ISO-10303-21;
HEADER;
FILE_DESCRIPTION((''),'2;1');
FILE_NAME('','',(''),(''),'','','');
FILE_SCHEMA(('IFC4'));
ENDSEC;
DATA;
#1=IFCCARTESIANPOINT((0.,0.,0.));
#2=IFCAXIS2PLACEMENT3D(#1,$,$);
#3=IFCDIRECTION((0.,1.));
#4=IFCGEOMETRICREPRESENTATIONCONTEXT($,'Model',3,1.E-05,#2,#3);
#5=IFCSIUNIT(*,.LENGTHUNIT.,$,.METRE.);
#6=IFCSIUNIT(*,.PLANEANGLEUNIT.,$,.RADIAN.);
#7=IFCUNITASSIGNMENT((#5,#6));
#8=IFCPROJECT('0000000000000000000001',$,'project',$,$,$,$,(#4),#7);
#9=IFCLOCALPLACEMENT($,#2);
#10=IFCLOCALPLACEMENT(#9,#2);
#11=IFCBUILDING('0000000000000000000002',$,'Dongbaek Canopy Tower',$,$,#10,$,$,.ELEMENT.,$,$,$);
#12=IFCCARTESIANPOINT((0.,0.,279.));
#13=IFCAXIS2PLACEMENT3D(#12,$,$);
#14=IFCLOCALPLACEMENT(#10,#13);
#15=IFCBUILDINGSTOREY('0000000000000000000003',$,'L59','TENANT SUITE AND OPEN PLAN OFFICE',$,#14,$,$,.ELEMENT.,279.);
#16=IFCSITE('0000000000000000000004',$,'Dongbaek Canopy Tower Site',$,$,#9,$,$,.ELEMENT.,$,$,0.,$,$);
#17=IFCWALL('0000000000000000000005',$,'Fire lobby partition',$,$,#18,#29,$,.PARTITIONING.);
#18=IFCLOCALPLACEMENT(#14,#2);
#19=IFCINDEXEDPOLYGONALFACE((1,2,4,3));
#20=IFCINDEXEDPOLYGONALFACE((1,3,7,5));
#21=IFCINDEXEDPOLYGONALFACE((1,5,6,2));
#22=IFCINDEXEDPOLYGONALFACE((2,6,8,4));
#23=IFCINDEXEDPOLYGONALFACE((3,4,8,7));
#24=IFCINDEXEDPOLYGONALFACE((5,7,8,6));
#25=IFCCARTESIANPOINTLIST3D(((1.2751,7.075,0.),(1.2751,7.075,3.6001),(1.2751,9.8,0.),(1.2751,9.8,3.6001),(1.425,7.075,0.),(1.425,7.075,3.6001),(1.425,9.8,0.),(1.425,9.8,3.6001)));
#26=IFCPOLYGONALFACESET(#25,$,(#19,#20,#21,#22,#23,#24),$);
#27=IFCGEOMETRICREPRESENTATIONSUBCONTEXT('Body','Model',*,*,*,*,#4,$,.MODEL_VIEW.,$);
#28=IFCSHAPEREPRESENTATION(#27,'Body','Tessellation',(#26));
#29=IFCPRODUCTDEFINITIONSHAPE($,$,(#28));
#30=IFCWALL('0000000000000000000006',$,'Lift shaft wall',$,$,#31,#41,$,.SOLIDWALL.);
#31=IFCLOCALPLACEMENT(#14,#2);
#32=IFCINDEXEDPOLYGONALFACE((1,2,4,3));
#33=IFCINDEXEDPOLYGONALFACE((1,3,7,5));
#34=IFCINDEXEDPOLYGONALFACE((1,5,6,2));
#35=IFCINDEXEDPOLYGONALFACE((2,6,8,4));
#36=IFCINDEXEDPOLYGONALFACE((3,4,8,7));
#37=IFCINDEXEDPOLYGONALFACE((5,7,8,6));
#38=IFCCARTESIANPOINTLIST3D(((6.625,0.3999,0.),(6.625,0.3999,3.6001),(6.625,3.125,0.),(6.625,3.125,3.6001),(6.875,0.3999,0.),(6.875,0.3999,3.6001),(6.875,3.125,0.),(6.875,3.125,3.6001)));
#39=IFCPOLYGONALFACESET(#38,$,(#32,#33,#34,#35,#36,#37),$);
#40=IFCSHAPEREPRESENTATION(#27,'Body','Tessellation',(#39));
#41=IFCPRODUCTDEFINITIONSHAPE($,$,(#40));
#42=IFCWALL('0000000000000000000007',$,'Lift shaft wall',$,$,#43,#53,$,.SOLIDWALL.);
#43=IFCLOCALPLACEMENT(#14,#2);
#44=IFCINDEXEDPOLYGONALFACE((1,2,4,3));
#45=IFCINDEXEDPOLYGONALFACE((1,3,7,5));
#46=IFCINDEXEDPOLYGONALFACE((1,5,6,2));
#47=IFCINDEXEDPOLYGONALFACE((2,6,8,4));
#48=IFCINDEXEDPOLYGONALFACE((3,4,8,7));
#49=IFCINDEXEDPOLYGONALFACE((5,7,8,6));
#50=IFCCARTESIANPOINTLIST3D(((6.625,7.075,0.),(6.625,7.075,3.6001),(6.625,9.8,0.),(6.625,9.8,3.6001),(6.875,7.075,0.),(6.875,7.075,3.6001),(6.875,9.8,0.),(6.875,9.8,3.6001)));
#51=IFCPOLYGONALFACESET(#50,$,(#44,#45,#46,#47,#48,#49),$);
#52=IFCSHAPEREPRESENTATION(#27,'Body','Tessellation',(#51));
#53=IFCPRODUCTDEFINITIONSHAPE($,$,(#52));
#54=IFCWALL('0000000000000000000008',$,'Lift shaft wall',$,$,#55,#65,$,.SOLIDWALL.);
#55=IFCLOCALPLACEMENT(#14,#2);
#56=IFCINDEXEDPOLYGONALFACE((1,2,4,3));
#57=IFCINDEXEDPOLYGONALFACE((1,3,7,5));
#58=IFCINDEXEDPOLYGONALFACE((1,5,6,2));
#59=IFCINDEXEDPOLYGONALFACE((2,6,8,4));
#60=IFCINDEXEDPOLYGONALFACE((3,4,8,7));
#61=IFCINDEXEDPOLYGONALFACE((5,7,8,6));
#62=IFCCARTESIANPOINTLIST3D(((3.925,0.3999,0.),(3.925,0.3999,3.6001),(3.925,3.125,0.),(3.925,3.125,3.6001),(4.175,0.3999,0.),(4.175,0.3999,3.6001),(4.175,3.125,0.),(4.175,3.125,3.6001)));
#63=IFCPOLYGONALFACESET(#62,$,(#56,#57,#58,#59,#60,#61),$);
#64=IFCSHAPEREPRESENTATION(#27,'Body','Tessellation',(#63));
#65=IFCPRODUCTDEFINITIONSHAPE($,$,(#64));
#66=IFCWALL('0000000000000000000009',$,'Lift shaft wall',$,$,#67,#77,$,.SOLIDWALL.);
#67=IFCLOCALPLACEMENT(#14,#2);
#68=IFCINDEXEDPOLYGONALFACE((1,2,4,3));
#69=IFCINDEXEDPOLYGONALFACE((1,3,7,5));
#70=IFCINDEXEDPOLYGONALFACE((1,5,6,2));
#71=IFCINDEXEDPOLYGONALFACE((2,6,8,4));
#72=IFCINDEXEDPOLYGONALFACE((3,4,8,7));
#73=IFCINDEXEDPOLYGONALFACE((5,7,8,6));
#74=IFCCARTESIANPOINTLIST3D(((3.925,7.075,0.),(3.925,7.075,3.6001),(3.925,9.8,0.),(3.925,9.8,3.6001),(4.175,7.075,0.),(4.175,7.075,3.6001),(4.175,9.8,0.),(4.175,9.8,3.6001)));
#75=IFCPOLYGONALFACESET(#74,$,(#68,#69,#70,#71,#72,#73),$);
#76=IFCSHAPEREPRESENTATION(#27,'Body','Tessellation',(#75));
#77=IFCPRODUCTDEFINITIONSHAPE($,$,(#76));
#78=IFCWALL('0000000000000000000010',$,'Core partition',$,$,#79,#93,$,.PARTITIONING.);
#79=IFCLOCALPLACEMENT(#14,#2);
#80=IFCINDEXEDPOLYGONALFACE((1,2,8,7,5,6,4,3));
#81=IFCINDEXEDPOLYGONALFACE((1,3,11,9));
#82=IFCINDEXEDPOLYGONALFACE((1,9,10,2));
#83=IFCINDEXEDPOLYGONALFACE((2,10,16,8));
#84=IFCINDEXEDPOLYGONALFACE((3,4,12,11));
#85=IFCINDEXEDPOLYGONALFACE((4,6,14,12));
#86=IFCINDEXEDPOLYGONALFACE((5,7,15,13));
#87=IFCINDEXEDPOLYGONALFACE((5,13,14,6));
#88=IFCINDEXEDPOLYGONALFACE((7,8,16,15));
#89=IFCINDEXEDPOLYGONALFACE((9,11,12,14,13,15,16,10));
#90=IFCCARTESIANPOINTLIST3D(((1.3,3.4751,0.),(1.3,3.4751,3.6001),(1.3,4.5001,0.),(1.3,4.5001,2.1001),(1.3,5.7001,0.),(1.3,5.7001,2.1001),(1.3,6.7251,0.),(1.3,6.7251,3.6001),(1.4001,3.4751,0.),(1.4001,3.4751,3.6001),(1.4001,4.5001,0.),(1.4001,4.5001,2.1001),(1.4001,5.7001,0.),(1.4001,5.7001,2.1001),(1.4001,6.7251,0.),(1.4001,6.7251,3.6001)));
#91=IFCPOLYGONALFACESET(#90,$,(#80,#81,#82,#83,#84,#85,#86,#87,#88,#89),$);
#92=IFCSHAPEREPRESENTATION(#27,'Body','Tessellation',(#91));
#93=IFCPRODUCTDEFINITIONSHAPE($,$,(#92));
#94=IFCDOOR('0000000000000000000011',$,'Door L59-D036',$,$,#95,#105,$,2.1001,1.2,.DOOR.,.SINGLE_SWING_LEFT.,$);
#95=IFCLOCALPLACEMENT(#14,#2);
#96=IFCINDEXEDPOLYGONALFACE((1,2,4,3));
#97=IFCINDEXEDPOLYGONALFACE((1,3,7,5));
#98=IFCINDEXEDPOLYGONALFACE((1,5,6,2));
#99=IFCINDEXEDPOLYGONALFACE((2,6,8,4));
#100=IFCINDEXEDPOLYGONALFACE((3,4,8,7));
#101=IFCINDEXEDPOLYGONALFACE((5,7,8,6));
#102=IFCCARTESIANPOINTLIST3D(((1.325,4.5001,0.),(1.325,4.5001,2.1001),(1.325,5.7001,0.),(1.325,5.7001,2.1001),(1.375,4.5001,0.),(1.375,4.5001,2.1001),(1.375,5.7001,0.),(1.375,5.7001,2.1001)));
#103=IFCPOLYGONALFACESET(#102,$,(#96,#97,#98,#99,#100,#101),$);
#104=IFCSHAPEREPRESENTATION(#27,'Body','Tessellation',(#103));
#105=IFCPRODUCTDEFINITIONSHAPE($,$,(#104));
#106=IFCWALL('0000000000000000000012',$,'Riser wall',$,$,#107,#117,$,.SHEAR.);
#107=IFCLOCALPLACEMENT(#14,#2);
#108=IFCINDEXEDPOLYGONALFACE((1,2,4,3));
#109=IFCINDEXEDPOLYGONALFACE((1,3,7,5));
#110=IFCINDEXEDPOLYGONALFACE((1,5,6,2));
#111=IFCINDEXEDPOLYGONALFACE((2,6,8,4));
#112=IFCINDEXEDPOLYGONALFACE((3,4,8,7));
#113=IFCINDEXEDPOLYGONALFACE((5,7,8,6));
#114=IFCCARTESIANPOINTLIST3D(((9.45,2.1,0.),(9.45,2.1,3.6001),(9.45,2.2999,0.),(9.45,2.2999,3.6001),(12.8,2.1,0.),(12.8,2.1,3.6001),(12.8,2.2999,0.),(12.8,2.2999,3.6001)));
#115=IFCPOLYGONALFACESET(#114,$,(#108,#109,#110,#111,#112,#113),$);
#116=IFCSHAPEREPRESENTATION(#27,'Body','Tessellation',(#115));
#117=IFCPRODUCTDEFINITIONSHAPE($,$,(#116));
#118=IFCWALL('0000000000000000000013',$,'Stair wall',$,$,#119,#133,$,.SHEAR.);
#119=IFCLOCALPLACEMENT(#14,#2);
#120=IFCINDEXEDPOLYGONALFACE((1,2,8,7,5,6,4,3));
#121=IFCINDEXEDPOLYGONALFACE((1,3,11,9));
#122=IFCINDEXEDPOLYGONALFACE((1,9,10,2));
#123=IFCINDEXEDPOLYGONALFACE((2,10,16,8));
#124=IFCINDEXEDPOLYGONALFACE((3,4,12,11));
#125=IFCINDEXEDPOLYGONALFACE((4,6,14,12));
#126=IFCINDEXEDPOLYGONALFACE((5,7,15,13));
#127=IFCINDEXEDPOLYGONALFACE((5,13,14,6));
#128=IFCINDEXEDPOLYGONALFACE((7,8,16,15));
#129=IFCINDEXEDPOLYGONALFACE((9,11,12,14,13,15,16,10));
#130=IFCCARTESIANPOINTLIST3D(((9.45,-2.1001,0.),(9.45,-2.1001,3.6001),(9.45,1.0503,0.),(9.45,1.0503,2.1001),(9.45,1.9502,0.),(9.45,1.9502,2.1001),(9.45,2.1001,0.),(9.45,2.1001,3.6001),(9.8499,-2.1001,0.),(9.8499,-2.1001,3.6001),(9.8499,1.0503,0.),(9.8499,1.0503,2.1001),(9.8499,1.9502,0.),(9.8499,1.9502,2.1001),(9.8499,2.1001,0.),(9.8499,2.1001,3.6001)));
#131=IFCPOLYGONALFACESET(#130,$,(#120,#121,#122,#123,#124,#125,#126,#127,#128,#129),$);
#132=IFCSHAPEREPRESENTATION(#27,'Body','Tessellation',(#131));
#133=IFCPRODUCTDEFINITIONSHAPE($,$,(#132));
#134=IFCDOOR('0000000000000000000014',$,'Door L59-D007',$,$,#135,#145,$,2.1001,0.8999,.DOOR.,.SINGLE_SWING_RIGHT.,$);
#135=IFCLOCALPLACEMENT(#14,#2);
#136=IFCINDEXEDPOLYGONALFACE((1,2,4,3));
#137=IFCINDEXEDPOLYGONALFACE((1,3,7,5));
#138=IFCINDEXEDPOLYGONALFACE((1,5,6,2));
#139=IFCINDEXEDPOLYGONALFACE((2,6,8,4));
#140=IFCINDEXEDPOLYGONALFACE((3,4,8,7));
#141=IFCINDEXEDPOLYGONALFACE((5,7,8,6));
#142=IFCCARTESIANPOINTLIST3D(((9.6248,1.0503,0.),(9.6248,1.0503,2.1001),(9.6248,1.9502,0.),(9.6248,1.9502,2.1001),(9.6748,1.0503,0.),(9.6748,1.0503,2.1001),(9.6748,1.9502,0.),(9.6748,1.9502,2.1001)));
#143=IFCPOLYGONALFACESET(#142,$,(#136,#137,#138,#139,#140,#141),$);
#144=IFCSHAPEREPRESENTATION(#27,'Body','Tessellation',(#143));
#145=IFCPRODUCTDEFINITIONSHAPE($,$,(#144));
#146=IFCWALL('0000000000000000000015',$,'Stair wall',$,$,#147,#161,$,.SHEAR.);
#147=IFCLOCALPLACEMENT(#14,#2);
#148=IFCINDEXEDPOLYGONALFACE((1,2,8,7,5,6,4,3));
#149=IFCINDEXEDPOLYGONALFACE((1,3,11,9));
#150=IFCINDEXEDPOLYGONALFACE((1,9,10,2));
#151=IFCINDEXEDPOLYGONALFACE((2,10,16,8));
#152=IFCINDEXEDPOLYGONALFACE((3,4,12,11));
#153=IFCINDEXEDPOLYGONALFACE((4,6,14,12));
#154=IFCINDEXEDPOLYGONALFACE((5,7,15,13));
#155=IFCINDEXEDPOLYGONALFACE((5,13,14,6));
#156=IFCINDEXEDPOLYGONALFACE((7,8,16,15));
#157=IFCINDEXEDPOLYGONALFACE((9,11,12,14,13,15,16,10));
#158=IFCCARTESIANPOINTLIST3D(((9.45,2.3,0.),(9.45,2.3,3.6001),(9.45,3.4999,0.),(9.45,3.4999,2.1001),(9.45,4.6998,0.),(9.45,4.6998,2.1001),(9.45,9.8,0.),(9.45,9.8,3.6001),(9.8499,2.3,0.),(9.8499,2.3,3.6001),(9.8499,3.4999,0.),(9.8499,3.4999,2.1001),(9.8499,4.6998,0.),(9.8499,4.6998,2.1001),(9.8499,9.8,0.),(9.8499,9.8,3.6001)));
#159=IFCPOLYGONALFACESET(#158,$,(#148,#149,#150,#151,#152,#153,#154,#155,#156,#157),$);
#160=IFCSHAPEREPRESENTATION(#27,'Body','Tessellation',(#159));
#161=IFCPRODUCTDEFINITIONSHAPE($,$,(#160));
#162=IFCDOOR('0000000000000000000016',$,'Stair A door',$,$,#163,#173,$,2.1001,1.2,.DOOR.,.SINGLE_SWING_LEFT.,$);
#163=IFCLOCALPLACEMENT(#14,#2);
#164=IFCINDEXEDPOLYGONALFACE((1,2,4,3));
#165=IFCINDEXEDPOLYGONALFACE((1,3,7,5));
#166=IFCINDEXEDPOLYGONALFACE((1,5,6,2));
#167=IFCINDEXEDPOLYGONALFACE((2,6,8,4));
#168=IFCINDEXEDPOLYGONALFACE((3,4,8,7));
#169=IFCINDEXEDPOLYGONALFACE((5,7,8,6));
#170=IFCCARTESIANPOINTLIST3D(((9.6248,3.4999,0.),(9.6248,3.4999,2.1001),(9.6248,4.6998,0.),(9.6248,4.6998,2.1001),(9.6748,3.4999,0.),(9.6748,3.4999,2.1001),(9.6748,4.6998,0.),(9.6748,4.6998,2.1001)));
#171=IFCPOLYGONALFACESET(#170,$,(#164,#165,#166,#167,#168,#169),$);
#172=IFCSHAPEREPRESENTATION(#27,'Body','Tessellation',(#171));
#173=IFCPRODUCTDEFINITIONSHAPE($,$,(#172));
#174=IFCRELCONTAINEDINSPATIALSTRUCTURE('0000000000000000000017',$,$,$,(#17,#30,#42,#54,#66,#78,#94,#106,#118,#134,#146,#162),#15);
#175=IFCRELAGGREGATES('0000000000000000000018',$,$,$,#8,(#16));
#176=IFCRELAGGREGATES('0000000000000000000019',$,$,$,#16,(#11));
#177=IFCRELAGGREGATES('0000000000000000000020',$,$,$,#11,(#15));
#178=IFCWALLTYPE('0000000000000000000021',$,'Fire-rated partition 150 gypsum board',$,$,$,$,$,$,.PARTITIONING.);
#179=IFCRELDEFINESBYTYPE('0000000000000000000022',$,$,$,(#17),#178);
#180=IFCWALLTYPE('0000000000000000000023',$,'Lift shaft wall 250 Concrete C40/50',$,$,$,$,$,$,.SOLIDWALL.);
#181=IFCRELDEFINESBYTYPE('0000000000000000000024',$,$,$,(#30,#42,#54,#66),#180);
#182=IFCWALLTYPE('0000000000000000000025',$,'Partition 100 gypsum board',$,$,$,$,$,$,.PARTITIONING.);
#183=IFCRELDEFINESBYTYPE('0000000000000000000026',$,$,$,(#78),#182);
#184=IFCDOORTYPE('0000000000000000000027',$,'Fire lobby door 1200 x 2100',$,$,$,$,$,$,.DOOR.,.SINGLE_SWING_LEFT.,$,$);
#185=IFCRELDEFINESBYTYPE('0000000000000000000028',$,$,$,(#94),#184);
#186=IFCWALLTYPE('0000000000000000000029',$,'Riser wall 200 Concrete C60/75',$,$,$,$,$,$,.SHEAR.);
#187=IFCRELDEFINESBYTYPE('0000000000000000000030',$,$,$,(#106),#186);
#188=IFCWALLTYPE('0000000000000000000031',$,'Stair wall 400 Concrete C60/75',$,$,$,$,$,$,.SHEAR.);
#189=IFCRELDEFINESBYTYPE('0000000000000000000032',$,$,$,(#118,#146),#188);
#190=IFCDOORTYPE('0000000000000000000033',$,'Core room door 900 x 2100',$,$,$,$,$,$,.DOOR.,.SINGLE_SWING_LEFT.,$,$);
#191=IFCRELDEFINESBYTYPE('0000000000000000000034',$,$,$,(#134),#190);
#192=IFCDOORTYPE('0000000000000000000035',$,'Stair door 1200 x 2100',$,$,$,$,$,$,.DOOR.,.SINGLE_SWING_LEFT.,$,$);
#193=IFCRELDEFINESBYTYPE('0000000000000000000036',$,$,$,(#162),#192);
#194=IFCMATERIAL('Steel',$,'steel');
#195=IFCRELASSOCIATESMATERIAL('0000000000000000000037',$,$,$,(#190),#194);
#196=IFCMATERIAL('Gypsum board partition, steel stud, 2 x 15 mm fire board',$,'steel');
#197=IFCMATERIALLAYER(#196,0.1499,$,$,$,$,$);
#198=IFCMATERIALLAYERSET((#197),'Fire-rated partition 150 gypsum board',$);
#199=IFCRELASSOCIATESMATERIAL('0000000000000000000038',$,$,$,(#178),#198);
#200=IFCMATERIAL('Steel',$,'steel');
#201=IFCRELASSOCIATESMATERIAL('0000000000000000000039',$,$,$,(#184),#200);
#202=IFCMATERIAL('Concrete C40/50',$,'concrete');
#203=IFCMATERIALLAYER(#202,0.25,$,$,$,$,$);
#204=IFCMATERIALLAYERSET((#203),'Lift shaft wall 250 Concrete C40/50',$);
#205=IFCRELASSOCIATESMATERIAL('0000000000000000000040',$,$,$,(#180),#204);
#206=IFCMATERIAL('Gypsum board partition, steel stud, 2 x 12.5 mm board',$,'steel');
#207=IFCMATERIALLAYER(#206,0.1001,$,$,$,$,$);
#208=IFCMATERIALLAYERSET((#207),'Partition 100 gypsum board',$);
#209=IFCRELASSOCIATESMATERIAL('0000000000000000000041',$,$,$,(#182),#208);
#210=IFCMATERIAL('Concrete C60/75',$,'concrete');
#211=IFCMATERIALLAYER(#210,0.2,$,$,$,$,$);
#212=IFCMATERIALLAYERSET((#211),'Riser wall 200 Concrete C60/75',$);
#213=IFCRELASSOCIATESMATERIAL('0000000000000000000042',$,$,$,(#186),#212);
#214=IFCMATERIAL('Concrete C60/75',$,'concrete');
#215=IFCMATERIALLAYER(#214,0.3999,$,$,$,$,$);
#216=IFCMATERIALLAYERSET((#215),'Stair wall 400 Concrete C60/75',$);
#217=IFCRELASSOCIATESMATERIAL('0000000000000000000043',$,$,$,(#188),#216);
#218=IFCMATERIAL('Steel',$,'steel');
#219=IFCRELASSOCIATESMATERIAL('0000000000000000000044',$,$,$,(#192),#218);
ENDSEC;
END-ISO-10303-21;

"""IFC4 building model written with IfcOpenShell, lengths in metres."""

from ifc_helpers import new_model, si_unit, direction, frame, frame_2d, origin, place, context, subcontext, project, spatial, rectangle, extrude, material, layer, layer_set, type_object, element, fill, save


model = new_model("IFC4")

# Units and contexts
model_context = context("Model", 3, precision=1e-05, world=origin(), true_north=direction((0.0, 1.0)))
body_context = subcontext(model_context, "Body", "Model", "MODEL_VIEW")
ifc_project = project(units=[si_unit("LENGTHUNIT", "METRE"), si_unit("PLANEANGLEUNIT", "RADIAN")], contexts=[model_context])

# Site, building, storey
site_placement = place(None, origin())
site = spatial("IfcSite", under=ifc_project, at=site_placement, Name="Dongbaek Canopy Tower Site", CompositionType="ELEMENT", RefElevation=0.0)
building_placement = place(site_placement, origin())
building = spatial("IfcBuilding", under=site, at=building_placement, Name="Dongbaek Canopy Tower", CompositionType="ELEMENT")
storey_placement = place(building_placement, frame((0.0, 0.0, 279.0)))
storey = spatial("IfcBuildingStorey", under=building, at=storey_placement, Name="L59", Description="TENANT SUITE AND OPEN PLAN OFFICE", CompositionType="ELEMENT", Elevation=279.0)

# Shared definitions
ifc_material_1 = material(Name="Steel", Category="steel")
door_type_1 = type_object("IfcDoorType", Name="Core room door 900 x 2100", OperationType="SINGLE_SWING_LEFT", PredefinedType="DOOR", material=ifc_material_1)

# Shared definitions
ifc_material_2 = material(Name="Gypsum board partition, steel stud, 2 x 15 mm fire board", Category="steel")
ifc_layer_1 = layer(ifc_material_2, 0.1499)
ifc_layer_set_1 = layer_set([ifc_layer_1], Name="Fire-rated partition 150 gypsum board")
wall_type_1 = type_object("IfcWallType", Name="Fire-rated partition 150 gypsum board", PredefinedType="PARTITIONING", material=ifc_layer_set_1)
ifc_material_3 = material(Name="Steel", Category="steel")
door_type_2 = type_object("IfcDoorType", Name="Fire lobby door 1200 x 2100", OperationType="SINGLE_SWING_LEFT", PredefinedType="DOOR", material=ifc_material_3)

# Walls
wall_1_placement = place(storey_placement, frame((1.3501, 7.075, 0.0), z_axis=(0.0, 0.0, 1.0), x_axis=(0.0, 1.0, 0.0)))
element("IfcWall", 1, at=wall_1_placement, inside=storey, type_object=wall_type_1, Name="Fire lobby partition", PredefinedType="PARTITIONING", context=body_context, shape_type="SweptSolid", body=[
    extrude(rectangle(XDim=2.7251, YDim=0.1499, at=frame_2d((1.3625, 0.0))), origin(), (0.0, 0.0, 1.0), 3.6001),
])
ifc_material_4 = material(Name="Concrete C40/50", Category="concrete")
ifc_layer_2 = layer(ifc_material_4, 0.25)
ifc_layer_set_2 = layer_set([ifc_layer_2], Name="Lift shaft wall 250 Concrete C40/50")
wall_type_2 = type_object("IfcWallType", Name="Lift shaft wall 250 Concrete C40/50", PredefinedType="SOLIDWALL", material=ifc_layer_set_2)
for number, where, z_axis, x_axis, name in (
    (2, (6.75, 0.3999, 0.0), (0.0, 0.0, 1.0), (0.0, 1.0, 0.0), "Lift shaft wall"),
    (3, (6.75, 7.075, 0.0), (0.0, 0.0, 1.0), (0.0, 1.0, 0.0), "Lift shaft wall"),
    (4, (4.05, 0.3999, 0.0), (0.0, 0.0, 1.0), (0.0, 1.0, 0.0), "Lift shaft wall"),
    (5, (4.05, 7.075, 0.0), (0.0, 0.0, 1.0), (0.0, 1.0, 0.0), "Lift shaft wall"),
):
    element("IfcWall", number, at=place(storey_placement, frame(where, z_axis=z_axis, x_axis=x_axis)), inside=storey, type_object=wall_type_2, Name=name, PredefinedType="SOLIDWALL", context=body_context, shape_type="SweptSolid", body=[
        extrude(rectangle(XDim=2.7251, YDim=0.25, at=frame_2d((1.3625, 0.0))), origin(), (0.0, 0.0, 1.0), 3.6001),
    ])

# Wall, opening, door
ifc_material_5 = material(Name="Gypsum board partition, steel stud, 2 x 12.5 mm board", Category="steel")
ifc_layer_3 = layer(ifc_material_5, 0.1001)
ifc_layer_set_3 = layer_set([ifc_layer_3], Name="Partition 100 gypsum board")
wall_type_3 = type_object("IfcWallType", Name="Partition 100 gypsum board", PredefinedType="PARTITIONING", material=ifc_layer_set_3)
wall_2_placement = place(storey_placement, frame((1.3501, 6.7251, 0.0), z_axis=(0.0, 0.0, 1.0), x_axis=(0.0, -1.0, 0.0)))
wall_2 = element("IfcWall", 6, at=wall_2_placement, inside=storey, type_object=wall_type_3, Name="Core partition", PredefinedType="PARTITIONING", context=body_context, shape_type="SweptSolid", body=[
    extrude(rectangle(XDim=3.25, YDim=0.1001, at=frame_2d((1.625, 0.0))), origin(), (0.0, 0.0, 1.0), 3.6001),
])
opening_1_placement = place(wall_2_placement, frame((1.0249, 0.0, 0.0)))
opening_1 = element("IfcOpeningElement", 7, at=opening_1_placement, cuts=wall_2, PredefinedType="OPENING", context=body_context, shape_type="SweptSolid", body=[
    extrude(rectangle(XDim=1.2, YDim=2.1001, at=frame_2d((0.6001, 1.05))), frame((0.0, 0.0601, 0.0), z_axis=(0.0, -1.0, 0.0), x_axis=(1.0, 0.0, 0.0)), (0.0, 0.0, 1.0), 0.1201),
])
door_1_placement = place(opening_1_placement, origin())
door_1 = element("IfcDoor", 8, at=door_1_placement, inside=storey, type_object=door_type_2, Name="Door L59-D036", OperationType="SINGLE_SWING_LEFT", OverallHeight=2.1001, OverallWidth=1.2, PredefinedType="DOOR", context=body_context, shape_type="SweptSolid", body=[
    extrude(rectangle(XDim=1.2, YDim=2.1001, at=frame_2d((0.6001, 1.05))), frame((0.0, 0.0249, 0.0), z_axis=(0.0, -1.0, 0.0), x_axis=(1.0, 0.0, 0.0)), (0.0, 0.0, 1.0), 0.05),
])
fill(opening_1, door_1)

# Wall
ifc_material_6 = material(Name="Concrete C60/75", Category="concrete")
ifc_layer_4 = layer(ifc_material_6, 0.2)
ifc_layer_set_4 = layer_set([ifc_layer_4], Name="Riser wall 200 Concrete C60/75")
wall_type_4 = type_object("IfcWallType", Name="Riser wall 200 Concrete C60/75", PredefinedType="SHEAR", material=ifc_layer_set_4)
wall_3_placement = place(storey_placement, frame((9.45, 2.2, 0.0), z_axis=(0.0, 0.0, 1.0), x_axis=(1.0, 0.0, 0.0)))
element("IfcWall", 9, at=wall_3_placement, inside=storey, type_object=wall_type_4, Name="Riser wall", PredefinedType="SHEAR", context=body_context, shape_type="SweptSolid", body=[
    extrude(rectangle(XDim=3.3501, YDim=0.2, at=frame_2d((1.675, 0.0))), origin(), (0.0, 0.0, 1.0), 3.6001),
])

# Walls, openings, doors
ifc_material_7 = material(Name="Concrete C60/75", Category="concrete")
ifc_layer_5 = layer(ifc_material_7, 0.3999)
ifc_layer_set_5 = layer_set([ifc_layer_5], Name="Stair wall 400 Concrete C60/75")
wall_type_5 = type_object("IfcWallType", Name="Stair wall 400 Concrete C60/75", PredefinedType="SHEAR", material=ifc_layer_set_5)
wall_4_placement = place(storey_placement, frame((9.6499, 2.1001, 0.0), z_axis=(0.0, 0.0, 1.0), x_axis=(0.0, -1.0, 0.0)))
wall_4 = element("IfcWall", 10, at=wall_4_placement, inside=storey, type_object=wall_type_5, Name="Stair wall", PredefinedType="SHEAR", context=body_context, shape_type="SweptSolid", body=[
    extrude(rectangle(XDim=4.2002, YDim=0.3999, at=frame_2d((2.1001, 0.0))), origin(), (0.0, 0.0, 1.0), 3.6001),
])
opening_2_placement = place(wall_4_placement, frame((0.1499, 0.0, 0.0)))
opening_2 = element("IfcOpeningElement", 11, at=opening_2_placement, cuts=wall_4, PredefinedType="OPENING", context=body_context, shape_type="SweptSolid", body=[
    extrude(rectangle(XDim=0.8999, YDim=2.1001, at=frame_2d((0.45, 1.05))), frame((0.0, 0.21, 0.0), z_axis=(0.0, -1.0, 0.0), x_axis=(1.0, 0.0, 0.0)), (0.0, 0.0, 1.0), 0.4199),
])
door_2_placement = place(opening_2_placement, origin())
door_2 = element("IfcDoor", 12, at=door_2_placement, inside=storey, type_object=door_type_1, Name="Door L59-D007", OperationType="SINGLE_SWING_RIGHT", OverallHeight=2.1001, OverallWidth=0.8999, PredefinedType="DOOR", context=body_context, shape_type="SweptSolid", body=[
    extrude(rectangle(XDim=0.8999, YDim=2.1001, at=frame_2d((0.45, 1.05))), frame((0.0, 0.0249, 0.0), z_axis=(0.0, -1.0, 0.0), x_axis=(1.0, 0.0, 0.0)), (0.0, 0.0, 1.0), 0.05),
])
fill(opening_2, door_2)
wall_5_placement = place(storey_placement, frame((9.6499, 9.8, 0.0), z_axis=(0.0, 0.0, 1.0), x_axis=(0.0, -1.0, 0.0)))
wall_5 = element("IfcWall", 13, at=wall_5_placement, inside=storey, type_object=wall_type_5, Name="Stair wall", PredefinedType="SHEAR", context=body_context, shape_type="SweptSolid", body=[
    extrude(rectangle(XDim=7.5, YDim=0.3999, at=frame_2d((3.75, 0.0))), origin(), (0.0, 0.0, 1.0), 3.6001),
])
opening_3_placement = place(wall_5_placement, frame((5.1001, 0.0, 0.0)))
opening_3 = element("IfcOpeningElement", 14, at=opening_3_placement, cuts=wall_5, PredefinedType="OPENING", context=body_context, shape_type="SweptSolid", body=[
    extrude(rectangle(XDim=1.2, YDim=2.1001, at=frame_2d((0.6001, 1.05))), frame((0.0, 0.21, 0.0), z_axis=(0.0, -1.0, 0.0), x_axis=(1.0, 0.0, 0.0)), (0.0, 0.0, 1.0), 0.4199),
])
ifc_material_8 = material(Name="Steel", Category="steel")
door_type_3 = type_object("IfcDoorType", Name="Stair door 1200 x 2100", OperationType="SINGLE_SWING_LEFT", PredefinedType="DOOR", material=ifc_material_8)
door_3_placement = place(opening_3_placement, origin())
door_3 = element("IfcDoor", 15, at=door_3_placement, inside=storey, type_object=door_type_3, Name="Stair A door", OperationType="SINGLE_SWING_LEFT", OverallHeight=2.1001, OverallWidth=1.2, PredefinedType="DOOR", context=body_context, shape_type="SweptSolid", body=[
    extrude(rectangle(XDim=1.2, YDim=2.1001, at=frame_2d((0.6001, 1.05))), frame((0.0, 0.0249, 0.0), z_axis=(0.0, -1.0, 0.0), x_axis=(1.0, 0.0, 0.0)), (0.0, 0.0, 1.0), 0.05),
])
fill(opening_3, door_3)

save(model, "model.ifc")
